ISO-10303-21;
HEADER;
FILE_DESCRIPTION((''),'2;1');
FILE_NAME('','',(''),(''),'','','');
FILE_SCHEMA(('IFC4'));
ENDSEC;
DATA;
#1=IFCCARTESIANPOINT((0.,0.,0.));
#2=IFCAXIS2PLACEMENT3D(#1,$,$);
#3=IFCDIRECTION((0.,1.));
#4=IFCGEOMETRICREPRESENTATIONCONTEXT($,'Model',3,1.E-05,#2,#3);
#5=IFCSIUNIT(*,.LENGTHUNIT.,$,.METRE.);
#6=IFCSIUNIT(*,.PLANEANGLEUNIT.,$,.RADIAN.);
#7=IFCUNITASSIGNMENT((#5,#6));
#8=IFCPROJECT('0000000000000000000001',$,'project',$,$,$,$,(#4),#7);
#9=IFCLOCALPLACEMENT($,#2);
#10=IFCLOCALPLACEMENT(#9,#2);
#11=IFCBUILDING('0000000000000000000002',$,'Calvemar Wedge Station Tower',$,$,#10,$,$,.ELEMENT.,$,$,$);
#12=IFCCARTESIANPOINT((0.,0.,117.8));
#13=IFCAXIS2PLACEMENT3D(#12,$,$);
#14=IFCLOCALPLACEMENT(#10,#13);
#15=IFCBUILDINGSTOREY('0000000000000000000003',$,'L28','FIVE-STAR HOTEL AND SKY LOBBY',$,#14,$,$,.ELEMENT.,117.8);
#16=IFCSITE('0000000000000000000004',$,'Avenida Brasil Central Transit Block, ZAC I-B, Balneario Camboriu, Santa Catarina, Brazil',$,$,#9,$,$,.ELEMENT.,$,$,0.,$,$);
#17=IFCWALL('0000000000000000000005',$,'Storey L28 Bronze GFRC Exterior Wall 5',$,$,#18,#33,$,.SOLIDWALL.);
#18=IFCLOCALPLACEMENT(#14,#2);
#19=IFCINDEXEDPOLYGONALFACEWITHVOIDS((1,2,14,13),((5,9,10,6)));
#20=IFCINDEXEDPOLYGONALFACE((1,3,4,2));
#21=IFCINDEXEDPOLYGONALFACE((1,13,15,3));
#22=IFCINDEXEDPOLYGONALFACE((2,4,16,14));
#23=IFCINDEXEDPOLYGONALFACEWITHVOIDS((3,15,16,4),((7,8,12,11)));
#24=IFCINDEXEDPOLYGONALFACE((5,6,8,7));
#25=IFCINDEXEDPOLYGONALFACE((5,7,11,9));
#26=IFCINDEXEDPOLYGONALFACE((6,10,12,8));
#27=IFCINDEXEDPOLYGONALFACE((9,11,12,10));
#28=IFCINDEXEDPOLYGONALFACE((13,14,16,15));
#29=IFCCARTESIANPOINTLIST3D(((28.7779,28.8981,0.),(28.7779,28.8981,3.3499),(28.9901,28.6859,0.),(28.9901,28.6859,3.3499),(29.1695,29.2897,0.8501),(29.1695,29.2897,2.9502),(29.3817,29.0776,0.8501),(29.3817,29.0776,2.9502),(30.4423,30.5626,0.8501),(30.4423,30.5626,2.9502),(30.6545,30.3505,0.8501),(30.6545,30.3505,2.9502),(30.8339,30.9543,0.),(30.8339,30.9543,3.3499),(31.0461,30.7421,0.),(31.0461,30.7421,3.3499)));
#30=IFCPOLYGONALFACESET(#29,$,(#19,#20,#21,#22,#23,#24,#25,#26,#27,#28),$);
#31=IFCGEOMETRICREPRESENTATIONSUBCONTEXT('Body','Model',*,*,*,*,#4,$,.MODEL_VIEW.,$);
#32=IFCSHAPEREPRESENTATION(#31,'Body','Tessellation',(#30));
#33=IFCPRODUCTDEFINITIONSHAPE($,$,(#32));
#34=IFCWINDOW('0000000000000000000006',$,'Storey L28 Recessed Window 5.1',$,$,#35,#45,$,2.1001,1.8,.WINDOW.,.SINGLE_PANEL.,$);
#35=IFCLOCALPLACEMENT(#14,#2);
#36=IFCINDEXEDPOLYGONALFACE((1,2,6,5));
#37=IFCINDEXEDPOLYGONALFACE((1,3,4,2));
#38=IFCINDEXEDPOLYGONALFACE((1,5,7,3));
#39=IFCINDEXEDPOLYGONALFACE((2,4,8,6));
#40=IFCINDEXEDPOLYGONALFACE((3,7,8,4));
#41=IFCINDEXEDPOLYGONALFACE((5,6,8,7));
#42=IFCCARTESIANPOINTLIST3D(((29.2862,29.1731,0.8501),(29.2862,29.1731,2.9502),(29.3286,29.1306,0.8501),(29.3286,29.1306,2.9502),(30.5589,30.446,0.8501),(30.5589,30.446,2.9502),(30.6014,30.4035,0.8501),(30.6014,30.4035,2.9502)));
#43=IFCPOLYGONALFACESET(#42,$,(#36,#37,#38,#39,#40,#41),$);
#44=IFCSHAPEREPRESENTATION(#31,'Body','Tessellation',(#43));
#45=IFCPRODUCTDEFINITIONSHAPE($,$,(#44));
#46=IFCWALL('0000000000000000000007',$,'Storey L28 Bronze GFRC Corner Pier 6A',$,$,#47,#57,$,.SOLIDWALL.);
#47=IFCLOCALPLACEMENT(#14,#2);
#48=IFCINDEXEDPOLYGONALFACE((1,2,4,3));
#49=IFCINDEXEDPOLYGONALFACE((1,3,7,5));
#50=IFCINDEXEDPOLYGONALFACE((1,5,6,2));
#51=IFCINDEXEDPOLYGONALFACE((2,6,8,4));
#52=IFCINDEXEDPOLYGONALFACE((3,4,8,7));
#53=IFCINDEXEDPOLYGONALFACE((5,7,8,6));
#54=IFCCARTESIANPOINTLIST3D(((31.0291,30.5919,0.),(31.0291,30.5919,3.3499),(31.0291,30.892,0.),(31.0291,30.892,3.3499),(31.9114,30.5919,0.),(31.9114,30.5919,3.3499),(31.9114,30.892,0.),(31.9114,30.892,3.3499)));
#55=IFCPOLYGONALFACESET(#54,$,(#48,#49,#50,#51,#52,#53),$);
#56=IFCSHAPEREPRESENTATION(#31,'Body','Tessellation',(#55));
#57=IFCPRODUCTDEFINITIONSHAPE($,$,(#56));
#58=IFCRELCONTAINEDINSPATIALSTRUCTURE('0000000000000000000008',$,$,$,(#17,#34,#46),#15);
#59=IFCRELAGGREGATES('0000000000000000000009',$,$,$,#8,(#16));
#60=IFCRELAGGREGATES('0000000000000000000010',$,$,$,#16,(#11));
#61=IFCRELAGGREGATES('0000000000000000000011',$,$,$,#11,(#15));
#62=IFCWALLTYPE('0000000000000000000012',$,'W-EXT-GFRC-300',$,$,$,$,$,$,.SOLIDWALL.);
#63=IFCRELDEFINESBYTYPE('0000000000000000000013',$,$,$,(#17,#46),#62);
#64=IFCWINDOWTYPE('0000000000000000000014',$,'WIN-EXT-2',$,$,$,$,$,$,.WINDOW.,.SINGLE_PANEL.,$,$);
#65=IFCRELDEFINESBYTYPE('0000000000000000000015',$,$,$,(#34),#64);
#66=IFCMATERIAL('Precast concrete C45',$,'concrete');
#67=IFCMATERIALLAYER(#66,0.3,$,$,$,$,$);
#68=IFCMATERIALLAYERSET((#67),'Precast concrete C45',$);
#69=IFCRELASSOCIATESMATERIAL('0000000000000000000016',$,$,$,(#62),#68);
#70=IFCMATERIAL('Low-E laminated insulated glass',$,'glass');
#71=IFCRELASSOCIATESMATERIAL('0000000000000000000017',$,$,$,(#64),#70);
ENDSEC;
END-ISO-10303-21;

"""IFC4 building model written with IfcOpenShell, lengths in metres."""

from ifc_helpers import new_model, si_unit, direction, frame, frame_2d, origin, place, context, subcontext, project, spatial, rectangle, extrude, source, transform, mapped, material, layer, layer_set, type_object, element, fill, save


model = new_model("IFC4")

# Units and contexts
model_context = context("Model", 3, precision=1e-05, world=origin(), true_north=direction((0.0, 1.0)))
body_context = subcontext(model_context, "Body", "Model", "MODEL_VIEW")
ifc_project = project(units=[si_unit("LENGTHUNIT", "METRE"), si_unit("PLANEANGLEUNIT", "RADIAN")], contexts=[model_context])

# Site, building, storey
site_placement = place(None, origin())
site = spatial("IfcSite", under=ifc_project, at=site_placement, Name="Avenida Brasil Central Transit Block, ZAC I-B, Balneario Camboriu, Santa Catarina, Brazil", CompositionType="ELEMENT", RefElevation=0.0)
building_placement = place(site_placement, origin())
building = spatial("IfcBuilding", under=site, at=building_placement, Name="Calvemar Wedge Station Tower", CompositionType="ELEMENT")
storey_placement = place(building_placement, frame((0.0, 0.0, 117.8)))
storey = spatial("IfcBuildingStorey", under=building, at=storey_placement, Name="L28", Description="FIVE-STAR HOTEL AND SKY LOBBY", CompositionType="ELEMENT", Elevation=117.8)

# Shared definitions
ifc_material_1 = material(Name="Low-E laminated insulated glass", Category="glass")

# Shared definitions
ifc_material_2 = material(Name="Precast concrete C45", Category="concrete")
ifc_layer_1 = layer(ifc_material_2, 0.3)
ifc_layer_set_1 = layer_set([ifc_layer_1], Name="Precast concrete C45")
wall_type_1 = type_object("IfcWallType", Name="W-EXT-GFRC-300", PredefinedType="SOLIDWALL", material=ifc_layer_set_1)

# Wall, opening, window
wall_1_placement = place(storey_placement, frame((28.884, 28.792, 0.0), z_axis=(0.0, 0.0, 1.0), x_axis=(0.707065, 0.707149, 0.0)))
wall_1 = element("IfcWall", 1, at=wall_1_placement, inside=storey, type_object=wall_type_1, Name="Storey L28 Bronze GFRC Exterior Wall 5", PredefinedType="SOLIDWALL", context=body_context, shape_type="SweptSolid", body=[
    extrude(rectangle(XDim=2.9077, YDim=0.3, at=frame_2d((1.4539, 0.0))), origin(), (0.0, 0.0, 1.0), 3.3499),
])
shared_shape_1 = source(origin(), body_context, "Body", "SweptSolid", [
    extrude(rectangle(XDim=1.8, YDim=2.1001, at=frame_2d((0.8999, 1.05))), frame((0.0, 0.1602, 0.0), z_axis=(0.0, -1.0, 0.0), x_axis=(1.0, 0.0, 0.0)), (0.0, 0.0, 1.0), 0.3201),
])
opening_1_placement = place(wall_1_placement, frame((0.554, 0.0, 0.8501)))
opening_1 = element("IfcOpeningElement", 2, at=opening_1_placement, cuts=wall_1, PredefinedType="OPENING", context=body_context, shape_type="MappedRepresentation", body=[
    mapped(shared_shape_1, transform((0.0, 0.0, 0.0), scale=1.0)),
])
window_type = type_object("IfcWindowType", Name="WIN-EXT-2", PartitioningType="SINGLE_PANEL", PredefinedType="WINDOW", material=ifc_material_1)
shared_shape_2 = source(origin(), body_context, "Body", "SweptSolid", [
    extrude(rectangle(XDim=1.8, YDim=2.1001, at=frame_2d((0.8999, 1.05))), frame((0.0, -0.0149, 0.0), z_axis=(0.0, -1.0, 0.0), x_axis=(1.0, 0.0, 0.0)), (0.0, 0.0, 1.0), 0.0601),
])
window_placement = place(opening_1_placement, origin())
window = element("IfcWindow", 3, at=window_placement, inside=storey, type_object=window_type, Name="Storey L28 Recessed Window 5.1", OverallHeight=2.1001, OverallWidth=1.8, PartitioningType="SINGLE_PANEL", PredefinedType="WINDOW", context=body_context, shape_type="MappedRepresentation", body=[
    mapped(shared_shape_2, transform((0.0, 0.0, 0.0), scale=1.0)),
])
fill(opening_1, window)

# Wall
wall_2_placement = place(storey_placement, frame((31.0291, 30.7419, 0.0), z_axis=(0.0, 0.0, 1.0), x_axis=(1.0, 0.0, 0.0)))
element("IfcWall", 4, at=wall_2_placement, inside=storey, type_object=wall_type_1, Name="Storey L28 Bronze GFRC Corner Pier 6A", PredefinedType="SOLIDWALL", context=body_context, shape_type="SweptSolid", body=[
    extrude(rectangle(XDim=0.8823, YDim=0.3, at=frame_2d((0.4412, 0.0))), origin(), (0.0, 0.0, 1.0), 3.3499),
])

save(model, "model.ifc")
